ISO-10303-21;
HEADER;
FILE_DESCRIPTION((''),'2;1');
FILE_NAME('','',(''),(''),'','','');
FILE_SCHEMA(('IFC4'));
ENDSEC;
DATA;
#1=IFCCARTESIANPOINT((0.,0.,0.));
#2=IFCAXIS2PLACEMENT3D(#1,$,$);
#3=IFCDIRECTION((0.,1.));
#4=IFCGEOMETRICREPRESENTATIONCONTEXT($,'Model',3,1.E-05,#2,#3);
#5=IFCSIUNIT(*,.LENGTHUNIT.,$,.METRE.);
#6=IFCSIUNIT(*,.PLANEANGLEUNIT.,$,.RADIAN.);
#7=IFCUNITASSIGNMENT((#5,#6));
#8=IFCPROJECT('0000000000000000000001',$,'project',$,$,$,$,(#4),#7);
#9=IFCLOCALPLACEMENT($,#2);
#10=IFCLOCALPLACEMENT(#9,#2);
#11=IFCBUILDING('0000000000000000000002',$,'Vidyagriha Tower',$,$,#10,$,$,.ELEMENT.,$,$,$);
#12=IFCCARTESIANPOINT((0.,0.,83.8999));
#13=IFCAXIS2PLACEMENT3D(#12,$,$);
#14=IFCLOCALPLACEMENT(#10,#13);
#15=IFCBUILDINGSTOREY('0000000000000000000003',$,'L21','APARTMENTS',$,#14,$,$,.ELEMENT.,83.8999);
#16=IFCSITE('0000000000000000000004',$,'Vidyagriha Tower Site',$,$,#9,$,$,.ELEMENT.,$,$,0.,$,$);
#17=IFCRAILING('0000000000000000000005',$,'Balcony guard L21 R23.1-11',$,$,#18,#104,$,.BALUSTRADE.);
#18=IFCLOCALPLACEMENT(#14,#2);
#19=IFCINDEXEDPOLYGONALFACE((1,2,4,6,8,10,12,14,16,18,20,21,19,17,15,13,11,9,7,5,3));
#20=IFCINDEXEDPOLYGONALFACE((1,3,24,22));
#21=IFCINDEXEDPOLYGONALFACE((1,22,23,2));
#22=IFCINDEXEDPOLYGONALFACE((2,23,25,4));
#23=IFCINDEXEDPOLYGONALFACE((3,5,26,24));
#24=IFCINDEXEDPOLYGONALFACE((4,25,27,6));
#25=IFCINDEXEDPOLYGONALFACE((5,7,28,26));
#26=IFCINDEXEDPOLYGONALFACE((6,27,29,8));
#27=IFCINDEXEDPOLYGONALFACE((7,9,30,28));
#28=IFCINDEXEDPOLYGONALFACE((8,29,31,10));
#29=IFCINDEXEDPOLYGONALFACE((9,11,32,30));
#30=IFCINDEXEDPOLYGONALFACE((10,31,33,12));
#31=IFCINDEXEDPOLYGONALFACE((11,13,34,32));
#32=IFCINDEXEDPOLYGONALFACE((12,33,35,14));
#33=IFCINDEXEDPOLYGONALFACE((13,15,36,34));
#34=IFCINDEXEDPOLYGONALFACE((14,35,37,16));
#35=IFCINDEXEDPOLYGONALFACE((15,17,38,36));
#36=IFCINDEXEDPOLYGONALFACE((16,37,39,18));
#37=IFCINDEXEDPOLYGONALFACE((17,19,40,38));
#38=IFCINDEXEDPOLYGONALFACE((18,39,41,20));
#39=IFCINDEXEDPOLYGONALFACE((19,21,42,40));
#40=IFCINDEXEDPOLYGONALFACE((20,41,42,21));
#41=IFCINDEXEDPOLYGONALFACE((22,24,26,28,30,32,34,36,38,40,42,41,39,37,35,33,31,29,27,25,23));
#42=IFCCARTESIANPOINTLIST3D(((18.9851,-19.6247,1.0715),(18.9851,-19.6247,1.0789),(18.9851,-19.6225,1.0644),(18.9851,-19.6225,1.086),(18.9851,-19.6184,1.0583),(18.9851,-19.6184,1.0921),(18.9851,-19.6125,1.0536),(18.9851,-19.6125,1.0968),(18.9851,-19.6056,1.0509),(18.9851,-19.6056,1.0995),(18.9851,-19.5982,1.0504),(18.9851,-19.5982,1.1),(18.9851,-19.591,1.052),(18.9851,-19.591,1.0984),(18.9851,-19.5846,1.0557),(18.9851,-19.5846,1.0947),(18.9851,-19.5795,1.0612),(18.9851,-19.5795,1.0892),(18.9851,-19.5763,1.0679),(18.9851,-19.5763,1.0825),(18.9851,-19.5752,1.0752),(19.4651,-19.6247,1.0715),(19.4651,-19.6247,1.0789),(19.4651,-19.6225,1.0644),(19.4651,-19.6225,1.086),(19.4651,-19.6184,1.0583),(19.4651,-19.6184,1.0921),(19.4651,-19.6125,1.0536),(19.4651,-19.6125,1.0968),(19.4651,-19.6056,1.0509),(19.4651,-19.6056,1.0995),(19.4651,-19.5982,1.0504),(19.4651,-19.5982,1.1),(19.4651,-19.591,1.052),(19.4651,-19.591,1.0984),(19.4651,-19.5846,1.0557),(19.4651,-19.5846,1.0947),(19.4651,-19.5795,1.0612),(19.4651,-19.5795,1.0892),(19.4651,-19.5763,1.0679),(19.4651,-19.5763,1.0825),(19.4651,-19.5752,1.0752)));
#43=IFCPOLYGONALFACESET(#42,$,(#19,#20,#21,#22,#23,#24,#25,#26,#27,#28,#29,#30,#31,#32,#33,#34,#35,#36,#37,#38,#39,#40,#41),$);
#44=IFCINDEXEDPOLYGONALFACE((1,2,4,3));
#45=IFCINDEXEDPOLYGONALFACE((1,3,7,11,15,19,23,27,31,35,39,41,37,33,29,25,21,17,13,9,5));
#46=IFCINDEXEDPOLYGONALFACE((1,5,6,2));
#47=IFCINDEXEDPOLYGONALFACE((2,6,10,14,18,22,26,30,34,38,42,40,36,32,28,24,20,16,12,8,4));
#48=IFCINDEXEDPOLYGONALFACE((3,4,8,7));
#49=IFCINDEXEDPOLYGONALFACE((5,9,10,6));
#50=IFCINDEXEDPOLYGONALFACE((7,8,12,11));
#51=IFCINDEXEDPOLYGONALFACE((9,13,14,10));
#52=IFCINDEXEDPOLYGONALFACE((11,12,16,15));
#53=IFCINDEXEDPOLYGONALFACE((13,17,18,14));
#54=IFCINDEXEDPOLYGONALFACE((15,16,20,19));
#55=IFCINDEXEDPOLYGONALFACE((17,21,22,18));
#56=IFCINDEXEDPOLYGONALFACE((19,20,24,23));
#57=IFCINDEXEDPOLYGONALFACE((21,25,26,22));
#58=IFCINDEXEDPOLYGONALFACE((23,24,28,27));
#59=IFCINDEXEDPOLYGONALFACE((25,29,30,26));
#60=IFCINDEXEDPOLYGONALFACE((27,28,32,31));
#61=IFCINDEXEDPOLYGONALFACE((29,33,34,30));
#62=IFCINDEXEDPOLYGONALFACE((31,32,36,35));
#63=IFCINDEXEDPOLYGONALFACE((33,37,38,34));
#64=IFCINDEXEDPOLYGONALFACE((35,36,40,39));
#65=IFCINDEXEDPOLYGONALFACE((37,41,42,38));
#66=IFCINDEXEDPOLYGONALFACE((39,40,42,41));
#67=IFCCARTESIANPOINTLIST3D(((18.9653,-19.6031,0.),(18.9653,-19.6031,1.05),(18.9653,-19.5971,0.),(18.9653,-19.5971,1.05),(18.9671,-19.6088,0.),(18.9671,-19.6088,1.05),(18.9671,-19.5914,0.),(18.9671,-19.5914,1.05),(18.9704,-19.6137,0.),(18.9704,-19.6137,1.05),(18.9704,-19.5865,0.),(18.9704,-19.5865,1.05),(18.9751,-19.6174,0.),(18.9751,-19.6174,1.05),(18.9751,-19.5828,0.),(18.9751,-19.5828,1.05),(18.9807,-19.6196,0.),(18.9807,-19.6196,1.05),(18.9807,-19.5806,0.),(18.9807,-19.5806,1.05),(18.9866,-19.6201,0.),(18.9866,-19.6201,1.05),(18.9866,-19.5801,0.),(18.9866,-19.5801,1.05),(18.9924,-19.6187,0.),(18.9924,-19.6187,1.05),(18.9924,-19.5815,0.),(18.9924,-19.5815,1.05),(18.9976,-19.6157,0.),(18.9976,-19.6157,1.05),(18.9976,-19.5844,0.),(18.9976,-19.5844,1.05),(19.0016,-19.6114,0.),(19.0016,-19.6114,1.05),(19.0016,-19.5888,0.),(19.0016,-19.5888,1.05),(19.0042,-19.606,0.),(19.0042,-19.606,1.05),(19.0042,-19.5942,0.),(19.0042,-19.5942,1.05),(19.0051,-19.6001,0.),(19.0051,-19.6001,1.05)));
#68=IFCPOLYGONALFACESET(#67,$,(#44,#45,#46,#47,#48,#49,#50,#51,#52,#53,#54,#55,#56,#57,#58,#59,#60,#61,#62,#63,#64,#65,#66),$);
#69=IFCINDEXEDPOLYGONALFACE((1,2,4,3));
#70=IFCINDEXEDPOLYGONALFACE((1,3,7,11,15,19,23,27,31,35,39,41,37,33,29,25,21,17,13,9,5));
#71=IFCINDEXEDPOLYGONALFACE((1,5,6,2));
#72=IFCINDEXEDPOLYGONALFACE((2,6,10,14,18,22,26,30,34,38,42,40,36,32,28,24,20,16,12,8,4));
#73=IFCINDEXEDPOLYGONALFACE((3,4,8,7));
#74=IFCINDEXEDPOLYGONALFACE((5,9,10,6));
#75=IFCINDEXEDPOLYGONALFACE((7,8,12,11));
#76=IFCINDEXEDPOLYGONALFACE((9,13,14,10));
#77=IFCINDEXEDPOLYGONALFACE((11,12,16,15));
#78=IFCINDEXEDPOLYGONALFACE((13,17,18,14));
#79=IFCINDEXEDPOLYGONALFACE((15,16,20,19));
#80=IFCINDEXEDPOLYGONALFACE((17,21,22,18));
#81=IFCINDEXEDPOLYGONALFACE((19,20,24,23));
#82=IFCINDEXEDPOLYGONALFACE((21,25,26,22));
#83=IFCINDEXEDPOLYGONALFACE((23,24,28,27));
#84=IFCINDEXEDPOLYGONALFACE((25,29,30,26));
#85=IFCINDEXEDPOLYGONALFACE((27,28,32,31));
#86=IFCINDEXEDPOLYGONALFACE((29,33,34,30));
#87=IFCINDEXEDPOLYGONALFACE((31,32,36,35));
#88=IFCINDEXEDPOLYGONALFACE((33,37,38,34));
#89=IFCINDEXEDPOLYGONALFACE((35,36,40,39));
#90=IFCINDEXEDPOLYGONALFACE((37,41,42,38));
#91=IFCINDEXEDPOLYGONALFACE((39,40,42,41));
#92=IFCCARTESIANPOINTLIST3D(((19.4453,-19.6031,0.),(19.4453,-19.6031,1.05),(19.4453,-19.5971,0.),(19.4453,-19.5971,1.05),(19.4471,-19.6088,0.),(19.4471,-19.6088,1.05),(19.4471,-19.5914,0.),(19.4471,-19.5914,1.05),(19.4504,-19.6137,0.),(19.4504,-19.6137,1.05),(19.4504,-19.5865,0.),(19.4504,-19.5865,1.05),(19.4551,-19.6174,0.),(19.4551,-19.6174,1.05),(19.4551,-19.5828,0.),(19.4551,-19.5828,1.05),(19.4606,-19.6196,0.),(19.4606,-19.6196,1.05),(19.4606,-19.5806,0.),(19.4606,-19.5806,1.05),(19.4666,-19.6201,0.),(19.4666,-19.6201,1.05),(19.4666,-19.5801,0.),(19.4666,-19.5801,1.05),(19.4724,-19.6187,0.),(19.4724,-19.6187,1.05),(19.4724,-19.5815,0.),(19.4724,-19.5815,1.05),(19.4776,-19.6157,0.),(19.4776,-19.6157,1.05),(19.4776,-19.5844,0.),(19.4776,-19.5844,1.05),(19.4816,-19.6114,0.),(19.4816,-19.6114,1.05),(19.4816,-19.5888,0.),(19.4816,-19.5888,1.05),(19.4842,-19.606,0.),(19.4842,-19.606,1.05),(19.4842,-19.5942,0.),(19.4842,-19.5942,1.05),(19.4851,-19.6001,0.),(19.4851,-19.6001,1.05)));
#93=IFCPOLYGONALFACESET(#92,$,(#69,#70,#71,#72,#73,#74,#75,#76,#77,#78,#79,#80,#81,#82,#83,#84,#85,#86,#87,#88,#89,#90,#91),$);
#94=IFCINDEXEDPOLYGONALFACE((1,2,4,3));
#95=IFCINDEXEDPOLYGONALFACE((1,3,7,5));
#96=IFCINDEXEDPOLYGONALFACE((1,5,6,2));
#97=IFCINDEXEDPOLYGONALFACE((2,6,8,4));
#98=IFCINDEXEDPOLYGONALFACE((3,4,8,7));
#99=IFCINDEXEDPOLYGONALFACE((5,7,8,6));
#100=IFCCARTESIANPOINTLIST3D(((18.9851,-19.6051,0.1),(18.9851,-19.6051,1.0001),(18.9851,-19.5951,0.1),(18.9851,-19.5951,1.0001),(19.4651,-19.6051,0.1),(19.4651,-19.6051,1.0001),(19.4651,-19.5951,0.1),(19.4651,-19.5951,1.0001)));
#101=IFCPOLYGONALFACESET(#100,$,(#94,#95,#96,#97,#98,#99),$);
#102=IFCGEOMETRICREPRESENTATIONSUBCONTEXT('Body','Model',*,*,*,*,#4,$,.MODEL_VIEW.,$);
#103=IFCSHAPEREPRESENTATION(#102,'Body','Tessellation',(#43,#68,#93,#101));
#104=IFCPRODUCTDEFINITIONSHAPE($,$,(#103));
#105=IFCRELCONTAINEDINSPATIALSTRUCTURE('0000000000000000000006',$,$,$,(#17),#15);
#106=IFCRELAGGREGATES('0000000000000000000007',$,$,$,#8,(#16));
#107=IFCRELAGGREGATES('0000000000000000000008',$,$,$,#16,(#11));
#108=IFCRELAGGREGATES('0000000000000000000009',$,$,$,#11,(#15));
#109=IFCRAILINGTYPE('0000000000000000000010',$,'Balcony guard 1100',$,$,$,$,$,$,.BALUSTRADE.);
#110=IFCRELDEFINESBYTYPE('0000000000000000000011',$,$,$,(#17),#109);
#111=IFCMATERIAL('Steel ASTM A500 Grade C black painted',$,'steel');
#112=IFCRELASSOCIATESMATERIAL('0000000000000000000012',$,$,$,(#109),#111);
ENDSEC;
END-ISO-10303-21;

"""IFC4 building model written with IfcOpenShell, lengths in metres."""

from ifc_helpers import new_model, si_unit, direction, frame, origin, origin_2d, place, context, subcontext, project, spatial, rectangle, circle, extrude, material, type_object, element, save


model = new_model("IFC4")

# Units and contexts
model_context = context("Model", 3, precision=1e-05, world=origin(), true_north=direction((0.0, 1.0)))
body_context = subcontext(model_context, "Body", "Model", "MODEL_VIEW")
ifc_project = project(units=[si_unit("LENGTHUNIT", "METRE"), si_unit("PLANEANGLEUNIT", "RADIAN")], contexts=[model_context])

# Site, building, storey
site_placement = place(None, origin())
site = spatial("IfcSite", under=ifc_project, at=site_placement, Name="Vidyagriha Tower Site", CompositionType="ELEMENT", RefElevation=0.0)
building_placement = place(site_placement, origin())
building = spatial("IfcBuilding", under=site, at=building_placement, Name="Vidyagriha Tower", CompositionType="ELEMENT")
storey_placement = place(building_placement, frame((0.0, 0.0, 83.8999)))
storey = spatial("IfcBuildingStorey", under=building, at=storey_placement, Name="L21", Description="APARTMENTS", CompositionType="ELEMENT", Elevation=83.8999)

# Railing
ifc_material_1 = material(Name="Steel ASTM A500 Grade C black painted", Category="steel")
railing_type = type_object("IfcRailingType", Name="Balcony guard 1100", PredefinedType="BALUSTRADE", material=ifc_material_1)
railing_1_placement = place(storey_placement, frame((18.9851, -19.6001, 0.0)))
element("IfcRailing", 1, at=railing_1_placement, inside=storey, type_object=railing_type, Name="Balcony guard L21 R23.1-11", PredefinedType="BALUSTRADE", context=body_context, shape_type="SweptSolid", body=[
    extrude(circle(Radius=0.0249, at=origin_2d()), frame((0.0, 0.0, 1.0752), z_axis=(1.0, 0.0, 0.0), x_axis=(0.0, 1.0, 0.0)), (0.0, 0.0, 1.0), 0.48),
    extrude(circle(Radius=0.02, at=origin_2d()), origin(), (0.0, 0.0, 1.0), 1.05),
    extrude(circle(Radius=0.02, at=origin_2d()), frame((0.48, 0.0, 0.0)), (0.0, 0.0, 1.0), 1.05),
    extrude(rectangle(XDim=0.01, YDim=0.9001, at=origin_2d()), frame((0.0, 0.0, 0.55), z_axis=(1.0, 0.0, 0.0), x_axis=(0.0, 1.0, 0.0)), (0.0, 0.0, 1.0), 0.48),
])

save(model, "model.ifc")
